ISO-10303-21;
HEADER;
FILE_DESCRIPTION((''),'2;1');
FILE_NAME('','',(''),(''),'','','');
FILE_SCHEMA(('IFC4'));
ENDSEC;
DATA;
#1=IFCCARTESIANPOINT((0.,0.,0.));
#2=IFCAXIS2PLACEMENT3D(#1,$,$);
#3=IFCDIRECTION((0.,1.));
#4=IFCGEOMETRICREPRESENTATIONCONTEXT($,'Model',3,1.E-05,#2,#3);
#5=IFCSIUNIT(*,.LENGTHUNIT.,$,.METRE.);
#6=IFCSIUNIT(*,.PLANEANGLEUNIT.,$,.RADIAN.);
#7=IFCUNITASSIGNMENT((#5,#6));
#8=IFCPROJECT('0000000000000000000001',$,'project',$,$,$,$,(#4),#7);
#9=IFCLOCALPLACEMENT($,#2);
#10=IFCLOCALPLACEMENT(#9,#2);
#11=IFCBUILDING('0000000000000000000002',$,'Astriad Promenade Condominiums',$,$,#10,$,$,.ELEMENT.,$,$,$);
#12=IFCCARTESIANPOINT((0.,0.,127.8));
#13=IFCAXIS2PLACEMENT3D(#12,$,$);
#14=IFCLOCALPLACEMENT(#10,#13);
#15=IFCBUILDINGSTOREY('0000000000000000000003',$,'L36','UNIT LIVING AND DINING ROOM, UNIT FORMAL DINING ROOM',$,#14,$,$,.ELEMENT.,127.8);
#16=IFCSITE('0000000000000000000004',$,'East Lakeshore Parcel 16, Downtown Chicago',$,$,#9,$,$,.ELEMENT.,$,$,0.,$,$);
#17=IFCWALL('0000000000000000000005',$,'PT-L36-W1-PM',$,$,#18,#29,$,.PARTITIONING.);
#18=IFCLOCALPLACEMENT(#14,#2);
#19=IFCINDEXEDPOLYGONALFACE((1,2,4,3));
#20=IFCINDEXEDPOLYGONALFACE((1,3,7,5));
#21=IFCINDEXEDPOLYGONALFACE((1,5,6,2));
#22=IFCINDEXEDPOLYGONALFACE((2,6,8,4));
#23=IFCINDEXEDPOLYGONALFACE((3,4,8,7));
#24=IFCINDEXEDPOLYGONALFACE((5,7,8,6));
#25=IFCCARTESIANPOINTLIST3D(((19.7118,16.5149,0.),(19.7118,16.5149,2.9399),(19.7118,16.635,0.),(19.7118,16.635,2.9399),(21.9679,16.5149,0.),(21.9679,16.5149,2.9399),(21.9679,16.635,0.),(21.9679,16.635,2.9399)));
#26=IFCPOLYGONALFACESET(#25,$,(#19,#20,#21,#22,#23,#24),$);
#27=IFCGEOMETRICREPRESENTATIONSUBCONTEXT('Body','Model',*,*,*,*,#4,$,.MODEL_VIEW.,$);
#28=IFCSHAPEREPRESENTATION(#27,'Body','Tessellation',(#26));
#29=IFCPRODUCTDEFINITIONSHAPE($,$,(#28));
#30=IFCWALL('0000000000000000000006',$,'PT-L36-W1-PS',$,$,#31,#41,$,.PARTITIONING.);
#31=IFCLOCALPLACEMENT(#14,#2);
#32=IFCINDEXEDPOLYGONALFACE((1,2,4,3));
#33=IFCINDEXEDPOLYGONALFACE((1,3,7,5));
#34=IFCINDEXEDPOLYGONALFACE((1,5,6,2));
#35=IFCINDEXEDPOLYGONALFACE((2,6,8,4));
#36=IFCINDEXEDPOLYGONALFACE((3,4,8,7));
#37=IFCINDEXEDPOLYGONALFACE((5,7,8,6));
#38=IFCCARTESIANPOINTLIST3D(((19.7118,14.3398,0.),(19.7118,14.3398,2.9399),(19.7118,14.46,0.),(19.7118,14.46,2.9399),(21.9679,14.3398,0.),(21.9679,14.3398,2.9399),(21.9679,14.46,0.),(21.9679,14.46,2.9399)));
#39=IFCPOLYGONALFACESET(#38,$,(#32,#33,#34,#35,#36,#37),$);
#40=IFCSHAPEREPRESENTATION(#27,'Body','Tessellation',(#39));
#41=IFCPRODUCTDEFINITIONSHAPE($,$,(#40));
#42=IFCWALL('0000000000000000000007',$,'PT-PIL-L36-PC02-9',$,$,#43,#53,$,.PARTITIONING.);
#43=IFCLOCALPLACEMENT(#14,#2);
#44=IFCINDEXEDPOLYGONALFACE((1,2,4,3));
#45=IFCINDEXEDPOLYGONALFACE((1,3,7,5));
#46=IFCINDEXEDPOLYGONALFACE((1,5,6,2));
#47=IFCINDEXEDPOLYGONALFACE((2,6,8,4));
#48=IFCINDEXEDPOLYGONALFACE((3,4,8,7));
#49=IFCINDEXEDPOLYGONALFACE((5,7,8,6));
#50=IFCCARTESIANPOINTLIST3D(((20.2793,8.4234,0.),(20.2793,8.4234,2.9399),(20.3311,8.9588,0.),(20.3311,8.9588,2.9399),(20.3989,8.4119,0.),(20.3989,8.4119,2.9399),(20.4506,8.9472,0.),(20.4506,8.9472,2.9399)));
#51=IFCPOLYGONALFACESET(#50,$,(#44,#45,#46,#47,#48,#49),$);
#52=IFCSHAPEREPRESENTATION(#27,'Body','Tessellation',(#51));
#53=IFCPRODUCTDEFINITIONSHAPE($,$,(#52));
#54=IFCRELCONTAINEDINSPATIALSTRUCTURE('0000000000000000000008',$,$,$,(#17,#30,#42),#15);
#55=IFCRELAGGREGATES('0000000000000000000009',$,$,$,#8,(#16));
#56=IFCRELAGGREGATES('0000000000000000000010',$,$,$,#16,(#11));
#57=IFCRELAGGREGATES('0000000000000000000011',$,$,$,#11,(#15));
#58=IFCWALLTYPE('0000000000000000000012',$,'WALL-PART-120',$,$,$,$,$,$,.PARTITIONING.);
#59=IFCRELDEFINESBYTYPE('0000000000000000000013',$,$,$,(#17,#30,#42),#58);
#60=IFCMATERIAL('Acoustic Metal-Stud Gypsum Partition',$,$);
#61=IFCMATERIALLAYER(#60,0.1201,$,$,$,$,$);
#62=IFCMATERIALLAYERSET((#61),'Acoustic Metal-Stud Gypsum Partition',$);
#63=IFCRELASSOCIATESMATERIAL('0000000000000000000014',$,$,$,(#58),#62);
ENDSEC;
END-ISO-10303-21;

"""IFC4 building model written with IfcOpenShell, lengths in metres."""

from ifc_helpers import new_model, si_unit, direction, frame, frame_2d, origin, place, context, subcontext, project, spatial, rectangle, extrude, material, layer, layer_set, type_object, element, save


model = new_model("IFC4")

# Units and contexts
model_context = context("Model", 3, precision=1e-05, world=origin(), true_north=direction((0.0, 1.0)))
body_context = subcontext(model_context, "Body", "Model", "MODEL_VIEW")
ifc_project = project(units=[si_unit("LENGTHUNIT", "METRE"), si_unit("PLANEANGLEUNIT", "RADIAN")], contexts=[model_context])

# Site, building, storey
site_placement = place(None, origin())
site = spatial("IfcSite", under=ifc_project, at=site_placement, Name="East Lakeshore Parcel 16, Downtown Chicago", CompositionType="ELEMENT", RefElevation=0.0)
building_placement = place(site_placement, origin())
building = spatial("IfcBuilding", under=site, at=building_placement, Name="Astriad Promenade Condominiums", CompositionType="ELEMENT")
storey_placement = place(building_placement, frame((0.0, 0.0, 127.8)))
storey = spatial("IfcBuildingStorey", under=building, at=storey_placement, Name="L36", Description="UNIT LIVING AND DINING ROOM, UNIT FORMAL DINING ROOM", CompositionType="ELEMENT", Elevation=127.8)

# Shared definitions
ifc_material_1 = material(Name="Acoustic Metal-Stud Gypsum Partition")
ifc_layer_1 = layer(ifc_material_1, 0.1201)
ifc_layer_set_1 = layer_set([ifc_layer_1], Name="Acoustic Metal-Stud Gypsum Partition")
wall_type_1 = type_object("IfcWallType", Name="WALL-PART-120", PredefinedType="PARTITIONING", material=ifc_layer_set_1)

# Walls
for number, where, z_axis, x_axis, name in (
    (1, (19.7119, 16.575, 0.0), (0.0, 0.0, 1.0), (1.0, 0.0, 0.0), "PT-L36-W1-PM"),
    (2, (19.7119, 14.3999, 0.0), (0.0, 0.0, 1.0), (1.0, 0.0, 0.0), "PT-L36-W1-PS"),
):
    element("IfcWall", number, at=place(storey_placement, frame(where, z_axis=z_axis, x_axis=x_axis)), inside=storey, type_object=wall_type_1, Name=name, PredefinedType="PARTITIONING", context=body_context, shape_type="SweptSolid", body=[
        extrude(rectangle(XDim=2.2561, YDim=0.1201, at=frame_2d((1.1279, 0.0))), origin(), (0.0, 0.0, 1.0), 2.9399),
    ])
wall_1_placement = place(storey_placement, frame((20.3909, 8.9531, 0.0), z_axis=(0.0, 0.0, 1.0), x_axis=(-0.096223, -0.99536, 0.0)))
element("IfcWall", 3, at=wall_1_placement, inside=storey, type_object=wall_type_1, Name="PT-PIL-L36-PC02-9", PredefinedType="PARTITIONING", context=body_context, shape_type="SweptSolid", body=[
    extrude(rectangle(XDim=0.5378, YDim=0.1201, at=frame_2d((0.269, 0.0))), origin(), (0.0, 0.0, 1.0), 2.9399),
])

save(model, "model.ifc")
